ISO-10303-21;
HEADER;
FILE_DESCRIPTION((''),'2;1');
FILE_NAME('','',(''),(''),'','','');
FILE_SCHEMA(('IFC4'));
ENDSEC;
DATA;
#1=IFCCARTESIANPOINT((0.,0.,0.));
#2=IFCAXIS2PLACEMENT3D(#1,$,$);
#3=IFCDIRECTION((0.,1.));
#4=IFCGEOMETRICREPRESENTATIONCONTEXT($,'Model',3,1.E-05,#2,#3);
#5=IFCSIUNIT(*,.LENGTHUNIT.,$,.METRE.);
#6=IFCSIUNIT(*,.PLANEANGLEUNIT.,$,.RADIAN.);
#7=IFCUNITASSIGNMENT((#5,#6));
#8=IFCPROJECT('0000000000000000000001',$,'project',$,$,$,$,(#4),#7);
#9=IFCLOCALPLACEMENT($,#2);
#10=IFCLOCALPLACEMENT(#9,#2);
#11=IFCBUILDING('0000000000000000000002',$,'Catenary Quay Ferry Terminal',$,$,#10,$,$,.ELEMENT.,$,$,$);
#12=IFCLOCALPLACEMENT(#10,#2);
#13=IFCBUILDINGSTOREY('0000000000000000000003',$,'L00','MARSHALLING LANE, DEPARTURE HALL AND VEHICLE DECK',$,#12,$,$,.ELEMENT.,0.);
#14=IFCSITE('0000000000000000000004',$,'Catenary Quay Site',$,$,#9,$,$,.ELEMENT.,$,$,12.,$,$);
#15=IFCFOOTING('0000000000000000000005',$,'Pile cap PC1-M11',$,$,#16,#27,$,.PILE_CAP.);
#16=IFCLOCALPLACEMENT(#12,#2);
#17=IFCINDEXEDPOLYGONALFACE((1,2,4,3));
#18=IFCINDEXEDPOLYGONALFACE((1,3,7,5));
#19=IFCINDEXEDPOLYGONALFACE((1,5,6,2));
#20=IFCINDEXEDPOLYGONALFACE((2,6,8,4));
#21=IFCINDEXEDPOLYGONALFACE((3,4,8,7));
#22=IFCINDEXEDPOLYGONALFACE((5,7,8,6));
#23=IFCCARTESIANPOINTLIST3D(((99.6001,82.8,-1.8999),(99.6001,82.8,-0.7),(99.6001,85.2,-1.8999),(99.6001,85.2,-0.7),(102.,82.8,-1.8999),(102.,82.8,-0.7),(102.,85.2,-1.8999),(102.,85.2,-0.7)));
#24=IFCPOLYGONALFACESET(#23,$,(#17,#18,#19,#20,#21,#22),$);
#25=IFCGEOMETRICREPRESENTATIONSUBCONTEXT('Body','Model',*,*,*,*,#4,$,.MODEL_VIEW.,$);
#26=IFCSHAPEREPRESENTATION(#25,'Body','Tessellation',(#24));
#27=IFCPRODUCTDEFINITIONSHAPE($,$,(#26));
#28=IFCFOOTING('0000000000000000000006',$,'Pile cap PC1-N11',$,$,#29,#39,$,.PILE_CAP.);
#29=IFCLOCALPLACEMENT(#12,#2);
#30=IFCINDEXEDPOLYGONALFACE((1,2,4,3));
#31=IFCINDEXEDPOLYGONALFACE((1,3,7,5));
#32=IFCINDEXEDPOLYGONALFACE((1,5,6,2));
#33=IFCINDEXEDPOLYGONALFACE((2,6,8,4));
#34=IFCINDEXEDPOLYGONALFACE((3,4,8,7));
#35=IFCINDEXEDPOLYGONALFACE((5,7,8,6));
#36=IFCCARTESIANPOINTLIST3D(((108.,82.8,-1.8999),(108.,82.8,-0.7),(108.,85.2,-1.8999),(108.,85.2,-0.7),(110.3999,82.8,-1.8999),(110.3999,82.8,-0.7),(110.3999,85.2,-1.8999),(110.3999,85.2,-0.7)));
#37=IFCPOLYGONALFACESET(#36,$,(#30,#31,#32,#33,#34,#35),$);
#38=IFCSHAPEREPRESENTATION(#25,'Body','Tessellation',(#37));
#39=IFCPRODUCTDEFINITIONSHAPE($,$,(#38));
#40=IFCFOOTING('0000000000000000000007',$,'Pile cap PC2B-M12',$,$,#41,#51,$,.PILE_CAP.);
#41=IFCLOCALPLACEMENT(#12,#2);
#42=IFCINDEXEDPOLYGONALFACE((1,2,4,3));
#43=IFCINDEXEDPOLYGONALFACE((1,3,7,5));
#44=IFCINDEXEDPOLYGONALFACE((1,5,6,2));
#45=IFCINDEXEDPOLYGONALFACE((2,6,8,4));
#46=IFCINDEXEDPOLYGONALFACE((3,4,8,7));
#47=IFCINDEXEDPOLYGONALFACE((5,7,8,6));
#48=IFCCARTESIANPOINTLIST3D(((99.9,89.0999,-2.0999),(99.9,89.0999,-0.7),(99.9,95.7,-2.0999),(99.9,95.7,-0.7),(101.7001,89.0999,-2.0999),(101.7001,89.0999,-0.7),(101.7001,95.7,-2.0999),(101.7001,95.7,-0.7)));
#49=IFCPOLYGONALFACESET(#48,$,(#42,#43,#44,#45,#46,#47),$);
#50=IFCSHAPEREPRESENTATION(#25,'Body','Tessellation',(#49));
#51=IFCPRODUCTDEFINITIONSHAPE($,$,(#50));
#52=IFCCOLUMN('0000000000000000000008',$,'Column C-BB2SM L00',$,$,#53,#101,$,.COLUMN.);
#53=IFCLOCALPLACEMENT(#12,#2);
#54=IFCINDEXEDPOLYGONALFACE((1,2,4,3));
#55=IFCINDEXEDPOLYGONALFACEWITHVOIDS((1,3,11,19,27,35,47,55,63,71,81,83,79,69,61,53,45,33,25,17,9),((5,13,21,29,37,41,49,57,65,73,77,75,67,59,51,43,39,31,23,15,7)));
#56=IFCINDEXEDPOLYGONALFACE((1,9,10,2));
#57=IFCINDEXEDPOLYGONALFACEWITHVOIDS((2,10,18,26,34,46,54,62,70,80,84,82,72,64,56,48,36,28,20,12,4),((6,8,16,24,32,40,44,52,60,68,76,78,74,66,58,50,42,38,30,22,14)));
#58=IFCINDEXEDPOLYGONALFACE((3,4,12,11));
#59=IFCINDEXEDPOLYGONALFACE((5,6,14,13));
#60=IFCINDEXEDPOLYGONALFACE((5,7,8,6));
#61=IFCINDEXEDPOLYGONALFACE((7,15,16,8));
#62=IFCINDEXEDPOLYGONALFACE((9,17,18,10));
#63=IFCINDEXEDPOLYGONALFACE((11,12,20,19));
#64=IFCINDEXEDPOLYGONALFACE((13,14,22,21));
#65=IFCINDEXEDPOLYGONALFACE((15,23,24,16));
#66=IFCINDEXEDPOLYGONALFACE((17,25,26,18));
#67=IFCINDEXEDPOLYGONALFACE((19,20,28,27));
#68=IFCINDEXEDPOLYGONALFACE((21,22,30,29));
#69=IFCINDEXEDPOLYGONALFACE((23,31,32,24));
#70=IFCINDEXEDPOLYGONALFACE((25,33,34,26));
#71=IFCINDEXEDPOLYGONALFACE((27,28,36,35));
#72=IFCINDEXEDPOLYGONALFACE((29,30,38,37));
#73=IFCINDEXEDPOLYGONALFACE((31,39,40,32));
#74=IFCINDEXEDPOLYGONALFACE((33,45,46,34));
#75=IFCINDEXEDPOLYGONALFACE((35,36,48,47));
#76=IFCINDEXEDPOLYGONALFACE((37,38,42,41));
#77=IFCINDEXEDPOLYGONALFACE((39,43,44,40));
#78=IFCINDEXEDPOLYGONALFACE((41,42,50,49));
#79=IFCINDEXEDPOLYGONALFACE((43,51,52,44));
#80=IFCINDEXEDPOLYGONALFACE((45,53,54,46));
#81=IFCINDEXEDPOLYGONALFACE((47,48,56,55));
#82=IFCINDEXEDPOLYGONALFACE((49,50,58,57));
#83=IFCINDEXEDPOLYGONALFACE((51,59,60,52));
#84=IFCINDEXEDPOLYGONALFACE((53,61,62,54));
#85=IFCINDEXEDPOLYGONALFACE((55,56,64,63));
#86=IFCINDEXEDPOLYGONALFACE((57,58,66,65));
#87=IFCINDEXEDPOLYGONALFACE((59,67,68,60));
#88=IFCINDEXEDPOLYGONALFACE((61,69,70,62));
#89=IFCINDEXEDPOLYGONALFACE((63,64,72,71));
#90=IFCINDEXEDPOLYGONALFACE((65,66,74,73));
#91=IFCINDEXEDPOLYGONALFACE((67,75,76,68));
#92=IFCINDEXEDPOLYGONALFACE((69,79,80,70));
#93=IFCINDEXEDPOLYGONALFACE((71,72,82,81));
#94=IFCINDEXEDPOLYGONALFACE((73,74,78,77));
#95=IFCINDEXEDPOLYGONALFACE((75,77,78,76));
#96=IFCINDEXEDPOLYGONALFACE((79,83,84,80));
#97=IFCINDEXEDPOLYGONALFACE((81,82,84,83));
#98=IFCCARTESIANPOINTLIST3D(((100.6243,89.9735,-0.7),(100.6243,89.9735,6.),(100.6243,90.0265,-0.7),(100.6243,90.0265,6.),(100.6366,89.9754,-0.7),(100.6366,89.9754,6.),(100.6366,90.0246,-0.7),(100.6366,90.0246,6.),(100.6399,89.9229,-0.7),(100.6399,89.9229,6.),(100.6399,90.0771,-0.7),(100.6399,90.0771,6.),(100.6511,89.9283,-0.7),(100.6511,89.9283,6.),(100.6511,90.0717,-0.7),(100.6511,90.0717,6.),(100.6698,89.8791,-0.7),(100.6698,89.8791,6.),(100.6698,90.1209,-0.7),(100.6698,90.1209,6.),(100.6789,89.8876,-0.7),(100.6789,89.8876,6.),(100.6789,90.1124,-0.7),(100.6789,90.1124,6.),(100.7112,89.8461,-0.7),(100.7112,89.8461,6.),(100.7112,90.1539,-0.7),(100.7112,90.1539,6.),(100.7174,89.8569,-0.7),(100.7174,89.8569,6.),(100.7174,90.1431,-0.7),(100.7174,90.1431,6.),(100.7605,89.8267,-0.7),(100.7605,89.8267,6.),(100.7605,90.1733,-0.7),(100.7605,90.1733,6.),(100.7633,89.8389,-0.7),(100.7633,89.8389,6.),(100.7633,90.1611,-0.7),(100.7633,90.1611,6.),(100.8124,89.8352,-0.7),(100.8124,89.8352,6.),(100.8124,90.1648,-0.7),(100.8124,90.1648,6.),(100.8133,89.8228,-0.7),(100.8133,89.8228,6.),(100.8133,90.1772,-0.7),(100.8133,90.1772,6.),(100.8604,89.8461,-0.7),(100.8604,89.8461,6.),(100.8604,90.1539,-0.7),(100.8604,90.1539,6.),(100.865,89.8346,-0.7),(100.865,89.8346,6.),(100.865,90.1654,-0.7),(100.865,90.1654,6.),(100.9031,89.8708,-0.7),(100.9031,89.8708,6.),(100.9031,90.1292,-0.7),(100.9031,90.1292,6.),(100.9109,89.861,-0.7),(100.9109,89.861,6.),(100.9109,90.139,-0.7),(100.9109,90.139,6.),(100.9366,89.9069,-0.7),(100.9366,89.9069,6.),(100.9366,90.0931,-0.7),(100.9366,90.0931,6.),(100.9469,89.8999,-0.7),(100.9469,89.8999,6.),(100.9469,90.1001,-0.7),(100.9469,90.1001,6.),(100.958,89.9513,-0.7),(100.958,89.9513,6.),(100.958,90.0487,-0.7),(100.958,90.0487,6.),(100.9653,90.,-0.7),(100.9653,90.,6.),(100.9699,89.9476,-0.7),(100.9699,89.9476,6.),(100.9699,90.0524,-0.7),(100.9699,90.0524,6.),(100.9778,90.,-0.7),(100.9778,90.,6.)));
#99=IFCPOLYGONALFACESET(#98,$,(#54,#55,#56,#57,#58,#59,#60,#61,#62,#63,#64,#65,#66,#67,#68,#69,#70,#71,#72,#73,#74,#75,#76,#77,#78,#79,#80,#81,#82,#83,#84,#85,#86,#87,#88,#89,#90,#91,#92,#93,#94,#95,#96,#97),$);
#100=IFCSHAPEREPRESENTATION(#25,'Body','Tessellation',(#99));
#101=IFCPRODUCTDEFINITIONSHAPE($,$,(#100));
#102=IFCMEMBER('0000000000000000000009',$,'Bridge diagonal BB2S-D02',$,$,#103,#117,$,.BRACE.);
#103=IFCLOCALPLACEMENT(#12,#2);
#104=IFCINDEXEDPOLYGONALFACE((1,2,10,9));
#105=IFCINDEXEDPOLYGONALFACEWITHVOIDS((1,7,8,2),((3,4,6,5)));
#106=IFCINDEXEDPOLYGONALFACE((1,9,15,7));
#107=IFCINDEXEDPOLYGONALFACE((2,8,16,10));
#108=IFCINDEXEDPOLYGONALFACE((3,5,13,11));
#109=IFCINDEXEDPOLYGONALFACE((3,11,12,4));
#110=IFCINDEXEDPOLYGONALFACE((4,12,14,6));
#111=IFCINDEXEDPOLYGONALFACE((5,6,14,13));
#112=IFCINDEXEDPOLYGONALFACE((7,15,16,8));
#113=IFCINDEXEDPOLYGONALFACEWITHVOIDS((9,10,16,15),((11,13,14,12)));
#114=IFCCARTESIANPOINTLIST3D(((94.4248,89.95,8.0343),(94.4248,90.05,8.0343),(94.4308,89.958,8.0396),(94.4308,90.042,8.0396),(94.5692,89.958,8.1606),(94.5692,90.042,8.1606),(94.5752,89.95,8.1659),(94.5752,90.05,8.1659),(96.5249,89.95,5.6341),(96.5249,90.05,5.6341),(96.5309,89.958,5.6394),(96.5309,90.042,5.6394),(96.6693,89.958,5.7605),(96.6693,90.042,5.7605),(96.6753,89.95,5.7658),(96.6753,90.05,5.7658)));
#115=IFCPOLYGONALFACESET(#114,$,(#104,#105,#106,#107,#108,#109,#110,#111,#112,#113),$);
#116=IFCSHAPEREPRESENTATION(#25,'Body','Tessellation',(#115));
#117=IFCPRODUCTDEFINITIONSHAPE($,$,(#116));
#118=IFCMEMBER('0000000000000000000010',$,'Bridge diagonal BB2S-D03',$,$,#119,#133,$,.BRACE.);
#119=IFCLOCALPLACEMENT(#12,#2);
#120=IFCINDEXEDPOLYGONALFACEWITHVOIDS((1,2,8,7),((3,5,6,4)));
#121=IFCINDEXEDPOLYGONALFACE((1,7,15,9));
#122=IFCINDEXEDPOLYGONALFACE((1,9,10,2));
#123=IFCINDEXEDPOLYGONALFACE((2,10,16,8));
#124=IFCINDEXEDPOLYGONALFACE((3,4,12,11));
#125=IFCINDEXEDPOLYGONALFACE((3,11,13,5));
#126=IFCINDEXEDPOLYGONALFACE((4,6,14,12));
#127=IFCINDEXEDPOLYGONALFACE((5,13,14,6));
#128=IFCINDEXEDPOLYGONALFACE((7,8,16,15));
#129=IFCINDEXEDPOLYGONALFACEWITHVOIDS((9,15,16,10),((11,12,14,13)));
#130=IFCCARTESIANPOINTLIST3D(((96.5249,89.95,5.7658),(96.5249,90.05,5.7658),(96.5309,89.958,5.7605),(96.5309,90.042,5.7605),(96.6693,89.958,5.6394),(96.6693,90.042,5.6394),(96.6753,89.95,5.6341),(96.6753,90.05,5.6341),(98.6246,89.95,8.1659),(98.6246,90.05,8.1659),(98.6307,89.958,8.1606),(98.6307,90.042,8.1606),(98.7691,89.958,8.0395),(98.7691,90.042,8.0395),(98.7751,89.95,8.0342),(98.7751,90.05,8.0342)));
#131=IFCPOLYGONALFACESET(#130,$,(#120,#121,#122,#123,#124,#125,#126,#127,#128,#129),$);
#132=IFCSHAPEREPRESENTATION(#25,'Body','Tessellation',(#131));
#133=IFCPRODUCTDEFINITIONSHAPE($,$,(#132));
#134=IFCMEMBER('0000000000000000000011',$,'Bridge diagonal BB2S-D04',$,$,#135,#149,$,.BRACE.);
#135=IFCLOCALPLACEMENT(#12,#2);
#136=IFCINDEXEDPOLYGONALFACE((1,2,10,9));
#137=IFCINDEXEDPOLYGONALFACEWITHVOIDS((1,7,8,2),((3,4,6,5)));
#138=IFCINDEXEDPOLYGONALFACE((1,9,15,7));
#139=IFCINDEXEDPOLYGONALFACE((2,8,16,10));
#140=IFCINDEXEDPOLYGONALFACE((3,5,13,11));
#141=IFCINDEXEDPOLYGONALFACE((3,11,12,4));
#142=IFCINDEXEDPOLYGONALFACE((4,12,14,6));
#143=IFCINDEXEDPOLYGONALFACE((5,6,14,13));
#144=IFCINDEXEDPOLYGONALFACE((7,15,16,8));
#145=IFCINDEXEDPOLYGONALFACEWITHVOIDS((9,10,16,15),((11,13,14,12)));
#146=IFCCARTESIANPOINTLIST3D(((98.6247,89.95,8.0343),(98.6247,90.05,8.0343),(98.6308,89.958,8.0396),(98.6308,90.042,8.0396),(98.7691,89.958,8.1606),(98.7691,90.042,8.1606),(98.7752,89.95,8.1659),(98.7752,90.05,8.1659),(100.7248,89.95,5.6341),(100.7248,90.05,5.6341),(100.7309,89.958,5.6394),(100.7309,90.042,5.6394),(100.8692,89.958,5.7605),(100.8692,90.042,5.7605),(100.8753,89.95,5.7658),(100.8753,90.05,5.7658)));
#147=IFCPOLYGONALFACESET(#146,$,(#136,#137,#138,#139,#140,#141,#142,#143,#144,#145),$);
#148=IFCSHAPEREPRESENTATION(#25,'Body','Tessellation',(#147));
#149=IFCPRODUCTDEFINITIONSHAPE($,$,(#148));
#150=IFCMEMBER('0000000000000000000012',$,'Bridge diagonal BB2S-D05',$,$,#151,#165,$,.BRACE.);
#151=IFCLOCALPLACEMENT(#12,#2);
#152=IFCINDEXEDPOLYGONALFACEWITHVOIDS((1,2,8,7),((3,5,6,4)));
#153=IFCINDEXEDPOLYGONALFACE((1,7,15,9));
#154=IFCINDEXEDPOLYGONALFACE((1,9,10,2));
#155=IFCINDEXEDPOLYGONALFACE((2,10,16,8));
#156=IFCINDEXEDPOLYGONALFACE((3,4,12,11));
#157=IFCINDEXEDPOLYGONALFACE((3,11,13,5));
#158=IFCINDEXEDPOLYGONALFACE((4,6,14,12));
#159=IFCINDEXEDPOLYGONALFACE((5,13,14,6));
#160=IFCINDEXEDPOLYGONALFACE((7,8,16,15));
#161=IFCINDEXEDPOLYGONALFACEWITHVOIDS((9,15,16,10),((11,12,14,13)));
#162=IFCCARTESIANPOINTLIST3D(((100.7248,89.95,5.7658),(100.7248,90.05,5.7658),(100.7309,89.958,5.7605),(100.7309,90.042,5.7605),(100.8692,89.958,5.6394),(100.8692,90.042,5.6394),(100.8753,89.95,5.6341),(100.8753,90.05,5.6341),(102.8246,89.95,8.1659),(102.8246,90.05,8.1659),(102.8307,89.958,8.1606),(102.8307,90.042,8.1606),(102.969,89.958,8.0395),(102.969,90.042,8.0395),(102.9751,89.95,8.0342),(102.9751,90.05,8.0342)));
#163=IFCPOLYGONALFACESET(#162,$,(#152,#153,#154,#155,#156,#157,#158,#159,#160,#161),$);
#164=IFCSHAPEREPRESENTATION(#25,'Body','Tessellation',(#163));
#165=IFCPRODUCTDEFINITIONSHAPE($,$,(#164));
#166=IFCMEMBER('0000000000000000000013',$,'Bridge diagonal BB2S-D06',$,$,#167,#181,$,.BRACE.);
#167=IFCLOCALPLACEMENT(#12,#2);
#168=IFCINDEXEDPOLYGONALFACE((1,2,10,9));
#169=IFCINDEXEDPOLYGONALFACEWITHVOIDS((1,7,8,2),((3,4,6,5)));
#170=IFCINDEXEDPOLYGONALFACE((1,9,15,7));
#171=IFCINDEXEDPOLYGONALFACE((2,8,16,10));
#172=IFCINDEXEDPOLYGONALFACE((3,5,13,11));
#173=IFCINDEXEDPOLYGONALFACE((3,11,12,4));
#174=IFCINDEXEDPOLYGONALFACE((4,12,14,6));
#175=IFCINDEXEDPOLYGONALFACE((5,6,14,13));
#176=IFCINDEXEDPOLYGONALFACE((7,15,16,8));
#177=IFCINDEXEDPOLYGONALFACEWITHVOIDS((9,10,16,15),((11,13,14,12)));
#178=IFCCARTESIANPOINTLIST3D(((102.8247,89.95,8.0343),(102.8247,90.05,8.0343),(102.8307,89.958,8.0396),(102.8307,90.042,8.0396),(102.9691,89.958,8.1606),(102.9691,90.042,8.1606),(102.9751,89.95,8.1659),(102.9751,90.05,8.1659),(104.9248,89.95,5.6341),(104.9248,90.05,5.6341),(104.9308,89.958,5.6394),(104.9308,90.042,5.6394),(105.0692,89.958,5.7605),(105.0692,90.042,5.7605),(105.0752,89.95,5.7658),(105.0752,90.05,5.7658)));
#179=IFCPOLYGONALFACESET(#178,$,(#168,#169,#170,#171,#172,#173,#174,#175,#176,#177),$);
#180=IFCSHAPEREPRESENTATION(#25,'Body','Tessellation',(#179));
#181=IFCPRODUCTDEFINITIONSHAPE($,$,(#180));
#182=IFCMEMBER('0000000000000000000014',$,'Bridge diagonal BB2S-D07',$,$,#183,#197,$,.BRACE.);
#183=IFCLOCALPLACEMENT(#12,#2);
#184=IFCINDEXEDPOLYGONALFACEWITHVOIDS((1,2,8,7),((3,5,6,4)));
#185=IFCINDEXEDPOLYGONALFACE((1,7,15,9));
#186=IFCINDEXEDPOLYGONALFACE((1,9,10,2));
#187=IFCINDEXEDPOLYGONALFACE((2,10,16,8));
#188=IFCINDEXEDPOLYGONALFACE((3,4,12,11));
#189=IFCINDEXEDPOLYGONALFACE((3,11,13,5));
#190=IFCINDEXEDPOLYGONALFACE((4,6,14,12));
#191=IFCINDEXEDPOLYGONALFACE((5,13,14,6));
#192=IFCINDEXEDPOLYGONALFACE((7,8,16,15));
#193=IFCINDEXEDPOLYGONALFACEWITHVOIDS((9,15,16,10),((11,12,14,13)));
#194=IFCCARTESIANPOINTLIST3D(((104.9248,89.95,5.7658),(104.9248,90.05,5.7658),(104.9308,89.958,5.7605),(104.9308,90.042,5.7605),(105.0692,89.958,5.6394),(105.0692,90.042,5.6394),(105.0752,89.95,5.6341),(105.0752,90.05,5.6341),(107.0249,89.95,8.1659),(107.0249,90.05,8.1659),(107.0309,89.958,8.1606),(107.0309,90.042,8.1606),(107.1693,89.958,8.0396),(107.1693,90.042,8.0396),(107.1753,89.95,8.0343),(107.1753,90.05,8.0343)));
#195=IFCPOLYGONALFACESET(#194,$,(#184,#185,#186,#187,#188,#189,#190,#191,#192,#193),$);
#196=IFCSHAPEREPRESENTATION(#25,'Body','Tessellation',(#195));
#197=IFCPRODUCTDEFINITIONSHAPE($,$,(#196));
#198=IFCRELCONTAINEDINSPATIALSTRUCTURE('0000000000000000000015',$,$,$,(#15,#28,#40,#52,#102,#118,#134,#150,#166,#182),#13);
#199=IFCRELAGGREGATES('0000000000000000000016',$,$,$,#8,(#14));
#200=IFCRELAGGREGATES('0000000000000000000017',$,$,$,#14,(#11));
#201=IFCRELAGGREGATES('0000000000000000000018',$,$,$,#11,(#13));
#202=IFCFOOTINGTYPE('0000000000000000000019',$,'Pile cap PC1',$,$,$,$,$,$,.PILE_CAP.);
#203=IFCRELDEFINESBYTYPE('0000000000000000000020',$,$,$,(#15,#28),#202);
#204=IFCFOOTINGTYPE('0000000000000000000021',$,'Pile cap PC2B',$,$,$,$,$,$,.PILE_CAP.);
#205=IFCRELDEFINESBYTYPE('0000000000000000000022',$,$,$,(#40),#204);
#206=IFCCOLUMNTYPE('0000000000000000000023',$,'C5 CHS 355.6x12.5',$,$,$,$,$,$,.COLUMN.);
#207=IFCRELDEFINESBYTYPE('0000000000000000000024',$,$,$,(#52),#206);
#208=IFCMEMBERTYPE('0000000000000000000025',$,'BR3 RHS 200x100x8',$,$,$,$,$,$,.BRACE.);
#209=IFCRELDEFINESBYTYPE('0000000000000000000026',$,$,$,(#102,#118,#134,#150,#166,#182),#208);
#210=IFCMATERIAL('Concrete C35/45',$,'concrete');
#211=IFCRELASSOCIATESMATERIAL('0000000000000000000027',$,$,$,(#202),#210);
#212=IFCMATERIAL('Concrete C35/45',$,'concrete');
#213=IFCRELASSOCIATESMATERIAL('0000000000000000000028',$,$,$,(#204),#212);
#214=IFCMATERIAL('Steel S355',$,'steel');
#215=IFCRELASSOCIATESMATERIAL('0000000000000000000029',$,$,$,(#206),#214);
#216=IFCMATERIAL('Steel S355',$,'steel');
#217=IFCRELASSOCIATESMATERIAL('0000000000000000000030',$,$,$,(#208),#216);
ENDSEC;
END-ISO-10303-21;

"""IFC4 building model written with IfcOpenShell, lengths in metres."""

from ifc_helpers import new_model, si_unit, direction, frame, origin, origin_2d, place, context, subcontext, project, spatial, rectangle, hollow_rectangle, hollow_circle, extrude, material, material_profile, profile_set, type_object, element, save


model = new_model("IFC4")

# Units and contexts
model_context = context("Model", 3, precision=1e-05, world=origin(), true_north=direction((0.0, 1.0)))
body_context = subcontext(model_context, "Body", "Model", "MODEL_VIEW")
ifc_project = project(units=[si_unit("LENGTHUNIT", "METRE"), si_unit("PLANEANGLEUNIT", "RADIAN")], contexts=[model_context])

# Site, building, storey
site_placement = place(None, origin())
site = spatial("IfcSite", under=ifc_project, at=site_placement, Name="Catenary Quay Site", CompositionType="ELEMENT", RefElevation=12.0)
building_placement = place(site_placement, origin())
building = spatial("IfcBuilding", under=site, at=building_placement, Name="Catenary Quay Ferry Terminal", CompositionType="ELEMENT")
storey_placement = place(building_placement, origin())
storey = spatial("IfcBuildingStorey", under=building, at=storey_placement, Name="L00", Description="MARSHALLING LANE, DEPARTURE HALL AND VEHICLE DECK", CompositionType="ELEMENT", Elevation=0.0)

# Footings
ifc_material_1 = material(Name="Concrete C35/45", Category="concrete")
footing_type_1 = type_object("IfcFootingType", Name="Pile cap PC1", PredefinedType="PILE_CAP", material=ifc_material_1)
for number, where, z_axis, x_axis, name in (
    (1, (100.8, 84.0, -1.8999), (0.0, 0.0, 1.0), (1.0, 0.0, 0.0), "Pile cap PC1-M11"),
    (2, (109.2, 84.0, -1.8999), (0.0, 0.0, 1.0), (1.0, 0.0, 0.0), "Pile cap PC1-N11"),
):
    element("IfcFooting", number, at=place(storey_placement, frame(where, z_axis=z_axis, x_axis=x_axis)), inside=storey, type_object=footing_type_1, Name=name, PredefinedType="PILE_CAP", context=body_context, shape_type="SweptSolid", body=[
        extrude(rectangle(XDim=2.3999, YDim=2.3999, at=origin_2d()), origin(), (0.0, 0.0, 1.0), 1.2),
    ])
ifc_material_2 = material(Name="Concrete C35/45", Category="concrete")
footing_type_2 = type_object("IfcFootingType", Name="Pile cap PC2B", PredefinedType="PILE_CAP", material=ifc_material_2)
footing_placement = place(storey_placement, frame((100.8, 92.3999, -2.0999), z_axis=(0.0, 0.0, 1.0), x_axis=(1.0, 0.0, 0.0)))
element("IfcFooting", 3, at=footing_placement, inside=storey, type_object=footing_type_2, Name="Pile cap PC2B-M12", PredefinedType="PILE_CAP", context=body_context, shape_type="SweptSolid", body=[
    extrude(rectangle(XDim=1.8, YDim=6.6001, at=origin_2d()), origin(), (0.0, 0.0, 1.0), 1.3999),
])

# Column
ifc_material_3 = material(Name="Steel S355", Category="steel")
ifc_material_profile_1 = material_profile(ifc_material_3, hollow_circle(Radius=0.1777, WallThickness=0.0125, at=origin_2d()), Name="CHS 355.6x12.5")
ifc_profile_set_1 = profile_set([ifc_material_profile_1], Name="Steel S355")
column_type = type_object("IfcColumnType", Name="C5 CHS 355.6x12.5", PredefinedType="COLUMN", material=ifc_profile_set_1)
column_placement = place(storey_placement, frame((100.8, 90.0, -0.7), z_axis=(0.0, 0.0, 1.0), x_axis=(1.0, 0.0, 0.0)))
element("IfcColumn", 4, at=column_placement, inside=storey, type_object=column_type, Name="Column C-BB2SM L00", PredefinedType="COLUMN", context=body_context, shape_type="SweptSolid", body=[
    extrude(hollow_circle(Radius=0.1777, WallThickness=0.0125, at=origin_2d()), origin(), (0.0, 0.0, 1.0), 6.7),
])

# Members
ifc_material_4 = material(Name="Steel S355", Category="steel")
ifc_material_profile_2 = material_profile(ifc_material_4, hollow_rectangle(XDim=0.1001, YDim=0.2, WallThickness=0.0081, at=origin_2d()), Name="RHS 200x100x8")
ifc_profile_set_2 = profile_set([ifc_material_profile_2], Name="Steel S355")
member_type_1 = type_object("IfcMemberType", Name="BR3 RHS 200x100x8", PredefinedType="BRACE", material=ifc_profile_set_2)
member_1_placement = place(storey_placement, frame((94.5, 90.0, 8.1001), z_axis=(0.658499, 0.0, -0.752581), x_axis=(0.0, 1.0, 0.0)))
element("IfcMember", 5, at=member_1_placement, inside=storey, type_object=member_type_1, Name="Bridge diagonal BB2S-D02", PredefinedType="BRACE", context=body_context, shape_type="SweptSolid", body=[
    extrude(hollow_rectangle(XDim=0.1001, YDim=0.2, WallThickness=0.0081, at=origin_2d()), origin(), (0.0, 0.0, 1.0), 3.1892),
])
member_2_placement = place(storey_placement, frame((96.6001, 90.0, 5.7), z_axis=(0.658456, 0.0, 0.752619), x_axis=(0.0, 1.0, 0.0)))
element("IfcMember", 6, at=member_2_placement, inside=storey, type_object=member_type_1, Name="Bridge diagonal BB2S-D03", PredefinedType="BRACE", context=body_context, shape_type="SweptSolid", body=[
    extrude(hollow_rectangle(XDim=0.1001, YDim=0.2, WallThickness=0.0081, at=origin_2d()), origin(), (0.0, 0.0, 1.0), 3.189),
])
member_3_placement = place(storey_placement, frame((98.7, 90.0, 8.1001), z_axis=(0.658499, 0.0, -0.752581), x_axis=(0.0, 1.0, 0.0)))
element("IfcMember", 7, at=member_3_placement, inside=storey, type_object=member_type_1, Name="Bridge diagonal BB2S-D04", PredefinedType="BRACE", context=body_context, shape_type="SweptSolid", body=[
    extrude(hollow_rectangle(XDim=0.1001, YDim=0.2, WallThickness=0.0081, at=origin_2d()), origin(), (0.0, 0.0, 1.0), 3.1892),
])
member_4_placement = place(storey_placement, frame((100.8, 90.0, 5.7), z_axis=(0.658456, 0.0, 0.752619), x_axis=(0.0, 1.0, 0.0)))
element("IfcMember", 8, at=member_4_placement, inside=storey, type_object=member_type_1, Name="Bridge diagonal BB2S-D05", PredefinedType="BRACE", context=body_context, shape_type="SweptSolid", body=[
    extrude(hollow_rectangle(XDim=0.1001, YDim=0.2, WallThickness=0.0081, at=origin_2d()), origin(), (0.0, 0.0, 1.0), 3.189),
])
for number, where, z_axis, x_axis, name in (
    (9, (102.8999, 90.0, 8.1001), (0.658499, 0.0, -0.752581), (0.0, 1.0, 0.0), "Bridge diagonal BB2S-D06"),
    (10, (105.0, 90.0, 5.7), (0.658499, 0.0, 0.752581), (0.0, 1.0, 0.0), "Bridge diagonal BB2S-D07"),
):
    element("IfcMember", number, at=place(storey_placement, frame(where, z_axis=z_axis, x_axis=x_axis)), inside=storey, type_object=member_type_1, Name=name, PredefinedType="BRACE", context=body_context, shape_type="SweptSolid", body=[
        extrude(hollow_rectangle(XDim=0.1001, YDim=0.2, WallThickness=0.0081, at=origin_2d()), origin(), (0.0, 0.0, 1.0), 3.1892),
    ])

save(model, "model.ifc")
